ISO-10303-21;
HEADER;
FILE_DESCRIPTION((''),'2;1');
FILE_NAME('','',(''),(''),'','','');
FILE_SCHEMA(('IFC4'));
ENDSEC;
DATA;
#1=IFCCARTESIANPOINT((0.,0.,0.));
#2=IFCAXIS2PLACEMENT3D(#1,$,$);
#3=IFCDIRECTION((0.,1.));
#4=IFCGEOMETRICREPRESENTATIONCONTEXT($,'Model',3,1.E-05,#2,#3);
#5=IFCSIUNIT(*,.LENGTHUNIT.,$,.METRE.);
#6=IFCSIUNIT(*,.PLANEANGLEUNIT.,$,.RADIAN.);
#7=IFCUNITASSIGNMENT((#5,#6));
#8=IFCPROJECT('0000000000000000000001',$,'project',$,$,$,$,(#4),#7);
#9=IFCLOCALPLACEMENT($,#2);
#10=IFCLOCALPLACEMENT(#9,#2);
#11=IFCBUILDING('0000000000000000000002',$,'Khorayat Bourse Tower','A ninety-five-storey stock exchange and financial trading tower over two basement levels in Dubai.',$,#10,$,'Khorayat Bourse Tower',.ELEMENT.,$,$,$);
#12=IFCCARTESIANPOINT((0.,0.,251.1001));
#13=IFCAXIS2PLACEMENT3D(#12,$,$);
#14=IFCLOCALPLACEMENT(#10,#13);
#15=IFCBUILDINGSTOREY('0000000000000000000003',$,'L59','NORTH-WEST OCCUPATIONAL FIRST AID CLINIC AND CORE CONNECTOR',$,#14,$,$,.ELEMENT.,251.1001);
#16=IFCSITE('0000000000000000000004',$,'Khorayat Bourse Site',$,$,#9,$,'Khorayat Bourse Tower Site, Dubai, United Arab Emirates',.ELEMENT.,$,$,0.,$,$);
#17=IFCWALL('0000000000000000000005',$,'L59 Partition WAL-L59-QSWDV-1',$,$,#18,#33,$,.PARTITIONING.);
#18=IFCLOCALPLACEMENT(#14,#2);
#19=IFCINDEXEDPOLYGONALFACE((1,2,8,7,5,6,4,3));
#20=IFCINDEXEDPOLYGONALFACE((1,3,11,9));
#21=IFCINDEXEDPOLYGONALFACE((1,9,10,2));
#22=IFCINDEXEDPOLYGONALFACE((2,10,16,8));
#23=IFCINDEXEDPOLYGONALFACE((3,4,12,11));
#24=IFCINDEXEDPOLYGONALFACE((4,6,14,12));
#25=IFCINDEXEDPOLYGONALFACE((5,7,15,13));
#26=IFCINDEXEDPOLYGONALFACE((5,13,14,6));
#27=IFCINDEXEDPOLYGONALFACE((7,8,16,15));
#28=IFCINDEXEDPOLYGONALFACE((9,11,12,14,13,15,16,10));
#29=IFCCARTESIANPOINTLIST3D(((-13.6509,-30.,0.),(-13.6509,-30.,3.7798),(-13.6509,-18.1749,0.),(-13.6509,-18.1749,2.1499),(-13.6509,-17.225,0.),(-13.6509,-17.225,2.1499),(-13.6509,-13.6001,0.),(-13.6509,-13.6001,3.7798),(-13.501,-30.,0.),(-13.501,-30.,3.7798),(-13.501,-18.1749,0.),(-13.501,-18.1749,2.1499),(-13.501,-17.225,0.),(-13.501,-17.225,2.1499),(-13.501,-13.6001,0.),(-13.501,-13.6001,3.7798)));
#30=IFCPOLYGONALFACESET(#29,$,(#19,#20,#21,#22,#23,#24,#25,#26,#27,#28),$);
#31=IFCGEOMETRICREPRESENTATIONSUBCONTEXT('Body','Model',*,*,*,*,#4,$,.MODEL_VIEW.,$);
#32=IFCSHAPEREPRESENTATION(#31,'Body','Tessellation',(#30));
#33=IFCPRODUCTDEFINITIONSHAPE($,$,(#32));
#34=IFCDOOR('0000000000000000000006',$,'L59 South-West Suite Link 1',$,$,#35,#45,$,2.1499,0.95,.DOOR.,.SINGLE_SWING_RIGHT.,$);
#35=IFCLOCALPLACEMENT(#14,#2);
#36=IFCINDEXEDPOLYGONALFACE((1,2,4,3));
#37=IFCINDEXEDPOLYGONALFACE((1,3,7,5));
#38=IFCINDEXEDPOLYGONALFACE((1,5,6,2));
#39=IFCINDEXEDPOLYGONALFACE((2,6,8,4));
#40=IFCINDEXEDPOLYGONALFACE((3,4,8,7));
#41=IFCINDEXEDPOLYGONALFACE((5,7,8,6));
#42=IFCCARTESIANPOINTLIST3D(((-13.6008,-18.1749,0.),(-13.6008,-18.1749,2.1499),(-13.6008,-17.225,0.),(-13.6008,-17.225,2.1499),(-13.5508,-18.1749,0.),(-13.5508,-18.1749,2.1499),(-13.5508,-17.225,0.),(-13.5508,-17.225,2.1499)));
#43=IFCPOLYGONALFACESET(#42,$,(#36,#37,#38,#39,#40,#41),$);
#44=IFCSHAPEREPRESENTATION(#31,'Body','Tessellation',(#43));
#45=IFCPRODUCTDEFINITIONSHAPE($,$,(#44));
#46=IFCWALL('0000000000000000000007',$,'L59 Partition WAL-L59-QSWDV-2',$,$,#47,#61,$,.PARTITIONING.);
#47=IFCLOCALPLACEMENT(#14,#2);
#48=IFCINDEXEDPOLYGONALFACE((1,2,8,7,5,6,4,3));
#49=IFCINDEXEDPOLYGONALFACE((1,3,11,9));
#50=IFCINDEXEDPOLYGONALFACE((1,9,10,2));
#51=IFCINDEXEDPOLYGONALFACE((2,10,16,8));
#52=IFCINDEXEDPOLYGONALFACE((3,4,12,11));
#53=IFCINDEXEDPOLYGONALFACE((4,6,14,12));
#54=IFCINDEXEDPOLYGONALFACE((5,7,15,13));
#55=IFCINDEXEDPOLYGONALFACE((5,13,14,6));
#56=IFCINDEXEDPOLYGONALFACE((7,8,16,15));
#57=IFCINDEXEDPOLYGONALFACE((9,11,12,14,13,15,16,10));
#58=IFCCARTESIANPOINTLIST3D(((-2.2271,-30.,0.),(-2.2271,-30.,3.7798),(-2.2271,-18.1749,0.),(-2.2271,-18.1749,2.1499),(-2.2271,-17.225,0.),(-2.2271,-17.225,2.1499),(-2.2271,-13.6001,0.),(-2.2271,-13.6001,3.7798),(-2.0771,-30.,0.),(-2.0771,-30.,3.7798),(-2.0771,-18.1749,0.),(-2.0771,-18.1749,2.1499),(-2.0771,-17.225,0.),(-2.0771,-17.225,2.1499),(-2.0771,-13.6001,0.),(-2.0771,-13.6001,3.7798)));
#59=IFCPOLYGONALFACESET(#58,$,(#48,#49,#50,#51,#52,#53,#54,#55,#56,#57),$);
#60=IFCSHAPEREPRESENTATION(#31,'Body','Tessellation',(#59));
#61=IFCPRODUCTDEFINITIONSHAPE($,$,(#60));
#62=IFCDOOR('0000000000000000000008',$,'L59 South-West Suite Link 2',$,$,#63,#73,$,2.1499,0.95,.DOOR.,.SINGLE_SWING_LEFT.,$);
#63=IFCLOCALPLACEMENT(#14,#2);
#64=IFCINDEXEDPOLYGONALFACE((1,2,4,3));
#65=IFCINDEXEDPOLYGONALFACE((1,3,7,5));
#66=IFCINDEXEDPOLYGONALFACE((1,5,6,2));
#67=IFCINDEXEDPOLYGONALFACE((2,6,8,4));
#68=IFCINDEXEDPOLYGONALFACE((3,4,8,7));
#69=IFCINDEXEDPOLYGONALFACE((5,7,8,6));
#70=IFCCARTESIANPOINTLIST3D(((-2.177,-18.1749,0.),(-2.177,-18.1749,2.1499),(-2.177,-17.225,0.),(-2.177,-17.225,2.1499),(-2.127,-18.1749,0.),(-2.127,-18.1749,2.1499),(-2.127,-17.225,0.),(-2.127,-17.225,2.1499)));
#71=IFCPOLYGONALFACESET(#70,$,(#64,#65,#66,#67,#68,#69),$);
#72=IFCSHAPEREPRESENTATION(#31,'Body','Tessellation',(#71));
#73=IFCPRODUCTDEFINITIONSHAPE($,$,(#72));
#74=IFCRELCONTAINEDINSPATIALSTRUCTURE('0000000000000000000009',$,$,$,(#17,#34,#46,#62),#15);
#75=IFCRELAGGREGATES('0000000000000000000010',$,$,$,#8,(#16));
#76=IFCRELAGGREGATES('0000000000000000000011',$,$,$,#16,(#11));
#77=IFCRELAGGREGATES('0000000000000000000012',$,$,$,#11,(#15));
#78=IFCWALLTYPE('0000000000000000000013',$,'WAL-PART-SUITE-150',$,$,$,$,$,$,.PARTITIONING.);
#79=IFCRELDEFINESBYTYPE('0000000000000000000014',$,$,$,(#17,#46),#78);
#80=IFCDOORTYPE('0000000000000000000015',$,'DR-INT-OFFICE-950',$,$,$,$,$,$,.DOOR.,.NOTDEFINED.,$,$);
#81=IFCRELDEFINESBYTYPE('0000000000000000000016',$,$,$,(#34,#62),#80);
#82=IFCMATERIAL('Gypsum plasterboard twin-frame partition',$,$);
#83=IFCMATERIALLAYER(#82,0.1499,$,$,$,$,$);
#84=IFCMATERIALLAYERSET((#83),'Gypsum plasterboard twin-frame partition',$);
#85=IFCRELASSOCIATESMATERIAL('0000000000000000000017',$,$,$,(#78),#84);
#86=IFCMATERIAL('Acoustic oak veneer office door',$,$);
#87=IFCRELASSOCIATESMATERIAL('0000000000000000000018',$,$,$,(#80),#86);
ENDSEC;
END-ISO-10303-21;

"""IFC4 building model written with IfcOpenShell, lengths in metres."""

from ifc_helpers import new_model, si_unit, direction, frame, frame_2d, origin, place, context, subcontext, project, spatial, rectangle, extrude, source, transform, mapped, material, layer, layer_set, type_object, element, fill, save


model = new_model("IFC4")

# Units and contexts
model_context = context("Model", 3, precision=1e-05, world=origin(), true_north=direction((0.0, 1.0)))
body_context = subcontext(model_context, "Body", "Model", "MODEL_VIEW")
ifc_project = project(units=[si_unit("LENGTHUNIT", "METRE"), si_unit("PLANEANGLEUNIT", "RADIAN")], contexts=[model_context])

# Site, building, storey
site_placement = place(None, origin())
site = spatial("IfcSite", under=ifc_project, at=site_placement, Name="Khorayat Bourse Site", LongName="Khorayat Bourse Tower Site, Dubai, United Arab Emirates", CompositionType="ELEMENT", RefElevation=0.0)
building_placement = place(site_placement, origin())
building = spatial("IfcBuilding", under=site, at=building_placement, Name="Khorayat Bourse Tower", Description="A ninety-five-storey stock exchange and financial trading tower over two basement levels in Dubai.", LongName="Khorayat Bourse Tower", CompositionType="ELEMENT")
storey_placement = place(building_placement, frame((0.0, 0.0, 251.1001)))
storey = spatial("IfcBuildingStorey", under=building, at=storey_placement, Name="L59", Description="NORTH-WEST OCCUPATIONAL FIRST AID CLINIC AND CORE CONNECTOR", CompositionType="ELEMENT", Elevation=251.1001)

# Walls, openings, doors
ifc_material_1 = material(Name="Gypsum plasterboard twin-frame partition")
ifc_layer_1 = layer(ifc_material_1, 0.1499)
ifc_layer_set_1 = layer_set([ifc_layer_1], Name="Gypsum plasterboard twin-frame partition")
wall_type_1 = type_object("IfcWallType", Name="WAL-PART-SUITE-150", PredefinedType="PARTITIONING", material=ifc_layer_set_1)
shared_shape_1 = source(origin(), body_context, "Body", "SweptSolid", [
    extrude(rectangle(XDim=16.3999, YDim=0.1499, at=frame_2d((8.2, 0.0))), origin(), (0.0, 0.0, 1.0), 3.7798),
])
wall_1_placement = place(storey_placement, frame((-13.5759, -30.0, 0.0), z_axis=(0.0, 0.0, 1.0), x_axis=(0.0, 1.0, 0.0)))
wall_1 = element("IfcWall", 1, at=wall_1_placement, inside=storey, type_object=wall_type_1, Name="L59 Partition WAL-L59-QSWDV-1", PredefinedType="PARTITIONING", context=body_context, shape_type="MappedRepresentation", body=[
    mapped(shared_shape_1, transform((0.0, 0.0, 0.0), scale=1.0)),
])
shared_shape_2 = source(origin(), body_context, "Body", "SweptSolid", [
    extrude(rectangle(XDim=0.95, YDim=2.1499, at=frame_2d((0.4751, 1.075))), frame((0.0, 0.085, 0.0), z_axis=(0.0, -1.0, 0.0), x_axis=(1.0, 0.0, 0.0)), (0.0, 0.0, 1.0), 0.1699),
])
opening_1_placement = place(wall_1_placement, frame((11.825, 0.0, 0.0)))
opening_1 = element("IfcOpeningElement", 2, at=opening_1_placement, cuts=wall_1, PredefinedType="OPENING", context=body_context, shape_type="MappedRepresentation", body=[
    mapped(shared_shape_2, transform((0.0, 0.0, 0.0), scale=1.0)),
])
ifc_material_2 = material(Name="Acoustic oak veneer office door")
door_type_1 = type_object("IfcDoorType", Name="DR-INT-OFFICE-950", OperationType="NOTDEFINED", PredefinedType="DOOR", material=ifc_material_2)
shared_shape_3 = source(origin(), body_context, "Body", "SweptSolid", [
    extrude(rectangle(XDim=0.95, YDim=2.1499, at=frame_2d((0.4751, 1.075))), frame((0.0, 0.0249, 0.0), z_axis=(0.0, -1.0, 0.0), x_axis=(1.0, 0.0, 0.0)), (0.0, 0.0, 1.0), 0.05),
])
door_1_placement = place(opening_1_placement, origin())
door_1 = element("IfcDoor", 3, at=door_1_placement, inside=storey, type_object=door_type_1, Name="L59 South-West Suite Link 1", OperationType="SINGLE_SWING_RIGHT", OverallHeight=2.1499, OverallWidth=0.95, PredefinedType="DOOR", context=body_context, shape_type="MappedRepresentation", body=[
    mapped(shared_shape_3, transform((0.0, 0.0, 0.0), scale=1.0)),
])
fill(opening_1, door_1)
wall_2_placement = place(storey_placement, frame((-2.1521, -30.0, 0.0), z_axis=(0.0, 0.0, 1.0), x_axis=(0.0, 1.0, 0.0)))
wall_2 = element("IfcWall", 4, at=wall_2_placement, inside=storey, type_object=wall_type_1, Name="L59 Partition WAL-L59-QSWDV-2", PredefinedType="PARTITIONING", context=body_context, shape_type="MappedRepresentation", body=[
    mapped(shared_shape_1, transform((0.0, 0.0, 0.0), scale=1.0)),
])
opening_2_placement = place(wall_2_placement, frame((11.825, 0.0, 0.0)))
opening_2 = element("IfcOpeningElement", 5, at=opening_2_placement, cuts=wall_2, PredefinedType="OPENING", context=body_context, shape_type="MappedRepresentation", body=[
    mapped(shared_shape_2, transform((0.0, 0.0, 0.0), scale=1.0)),
])
door_2_placement = place(opening_2_placement, origin())
door_2 = element("IfcDoor", 6, at=door_2_placement, inside=storey, type_object=door_type_1, Name="L59 South-West Suite Link 2", OperationType="SINGLE_SWING_LEFT", OverallHeight=2.1499, OverallWidth=0.95, PredefinedType="DOOR", context=body_context, shape_type="MappedRepresentation", body=[
    mapped(shared_shape_3, transform((0.0, 0.0, 0.0), scale=1.0)),
])
fill(opening_2, door_2)

save(model, "model.ifc")
